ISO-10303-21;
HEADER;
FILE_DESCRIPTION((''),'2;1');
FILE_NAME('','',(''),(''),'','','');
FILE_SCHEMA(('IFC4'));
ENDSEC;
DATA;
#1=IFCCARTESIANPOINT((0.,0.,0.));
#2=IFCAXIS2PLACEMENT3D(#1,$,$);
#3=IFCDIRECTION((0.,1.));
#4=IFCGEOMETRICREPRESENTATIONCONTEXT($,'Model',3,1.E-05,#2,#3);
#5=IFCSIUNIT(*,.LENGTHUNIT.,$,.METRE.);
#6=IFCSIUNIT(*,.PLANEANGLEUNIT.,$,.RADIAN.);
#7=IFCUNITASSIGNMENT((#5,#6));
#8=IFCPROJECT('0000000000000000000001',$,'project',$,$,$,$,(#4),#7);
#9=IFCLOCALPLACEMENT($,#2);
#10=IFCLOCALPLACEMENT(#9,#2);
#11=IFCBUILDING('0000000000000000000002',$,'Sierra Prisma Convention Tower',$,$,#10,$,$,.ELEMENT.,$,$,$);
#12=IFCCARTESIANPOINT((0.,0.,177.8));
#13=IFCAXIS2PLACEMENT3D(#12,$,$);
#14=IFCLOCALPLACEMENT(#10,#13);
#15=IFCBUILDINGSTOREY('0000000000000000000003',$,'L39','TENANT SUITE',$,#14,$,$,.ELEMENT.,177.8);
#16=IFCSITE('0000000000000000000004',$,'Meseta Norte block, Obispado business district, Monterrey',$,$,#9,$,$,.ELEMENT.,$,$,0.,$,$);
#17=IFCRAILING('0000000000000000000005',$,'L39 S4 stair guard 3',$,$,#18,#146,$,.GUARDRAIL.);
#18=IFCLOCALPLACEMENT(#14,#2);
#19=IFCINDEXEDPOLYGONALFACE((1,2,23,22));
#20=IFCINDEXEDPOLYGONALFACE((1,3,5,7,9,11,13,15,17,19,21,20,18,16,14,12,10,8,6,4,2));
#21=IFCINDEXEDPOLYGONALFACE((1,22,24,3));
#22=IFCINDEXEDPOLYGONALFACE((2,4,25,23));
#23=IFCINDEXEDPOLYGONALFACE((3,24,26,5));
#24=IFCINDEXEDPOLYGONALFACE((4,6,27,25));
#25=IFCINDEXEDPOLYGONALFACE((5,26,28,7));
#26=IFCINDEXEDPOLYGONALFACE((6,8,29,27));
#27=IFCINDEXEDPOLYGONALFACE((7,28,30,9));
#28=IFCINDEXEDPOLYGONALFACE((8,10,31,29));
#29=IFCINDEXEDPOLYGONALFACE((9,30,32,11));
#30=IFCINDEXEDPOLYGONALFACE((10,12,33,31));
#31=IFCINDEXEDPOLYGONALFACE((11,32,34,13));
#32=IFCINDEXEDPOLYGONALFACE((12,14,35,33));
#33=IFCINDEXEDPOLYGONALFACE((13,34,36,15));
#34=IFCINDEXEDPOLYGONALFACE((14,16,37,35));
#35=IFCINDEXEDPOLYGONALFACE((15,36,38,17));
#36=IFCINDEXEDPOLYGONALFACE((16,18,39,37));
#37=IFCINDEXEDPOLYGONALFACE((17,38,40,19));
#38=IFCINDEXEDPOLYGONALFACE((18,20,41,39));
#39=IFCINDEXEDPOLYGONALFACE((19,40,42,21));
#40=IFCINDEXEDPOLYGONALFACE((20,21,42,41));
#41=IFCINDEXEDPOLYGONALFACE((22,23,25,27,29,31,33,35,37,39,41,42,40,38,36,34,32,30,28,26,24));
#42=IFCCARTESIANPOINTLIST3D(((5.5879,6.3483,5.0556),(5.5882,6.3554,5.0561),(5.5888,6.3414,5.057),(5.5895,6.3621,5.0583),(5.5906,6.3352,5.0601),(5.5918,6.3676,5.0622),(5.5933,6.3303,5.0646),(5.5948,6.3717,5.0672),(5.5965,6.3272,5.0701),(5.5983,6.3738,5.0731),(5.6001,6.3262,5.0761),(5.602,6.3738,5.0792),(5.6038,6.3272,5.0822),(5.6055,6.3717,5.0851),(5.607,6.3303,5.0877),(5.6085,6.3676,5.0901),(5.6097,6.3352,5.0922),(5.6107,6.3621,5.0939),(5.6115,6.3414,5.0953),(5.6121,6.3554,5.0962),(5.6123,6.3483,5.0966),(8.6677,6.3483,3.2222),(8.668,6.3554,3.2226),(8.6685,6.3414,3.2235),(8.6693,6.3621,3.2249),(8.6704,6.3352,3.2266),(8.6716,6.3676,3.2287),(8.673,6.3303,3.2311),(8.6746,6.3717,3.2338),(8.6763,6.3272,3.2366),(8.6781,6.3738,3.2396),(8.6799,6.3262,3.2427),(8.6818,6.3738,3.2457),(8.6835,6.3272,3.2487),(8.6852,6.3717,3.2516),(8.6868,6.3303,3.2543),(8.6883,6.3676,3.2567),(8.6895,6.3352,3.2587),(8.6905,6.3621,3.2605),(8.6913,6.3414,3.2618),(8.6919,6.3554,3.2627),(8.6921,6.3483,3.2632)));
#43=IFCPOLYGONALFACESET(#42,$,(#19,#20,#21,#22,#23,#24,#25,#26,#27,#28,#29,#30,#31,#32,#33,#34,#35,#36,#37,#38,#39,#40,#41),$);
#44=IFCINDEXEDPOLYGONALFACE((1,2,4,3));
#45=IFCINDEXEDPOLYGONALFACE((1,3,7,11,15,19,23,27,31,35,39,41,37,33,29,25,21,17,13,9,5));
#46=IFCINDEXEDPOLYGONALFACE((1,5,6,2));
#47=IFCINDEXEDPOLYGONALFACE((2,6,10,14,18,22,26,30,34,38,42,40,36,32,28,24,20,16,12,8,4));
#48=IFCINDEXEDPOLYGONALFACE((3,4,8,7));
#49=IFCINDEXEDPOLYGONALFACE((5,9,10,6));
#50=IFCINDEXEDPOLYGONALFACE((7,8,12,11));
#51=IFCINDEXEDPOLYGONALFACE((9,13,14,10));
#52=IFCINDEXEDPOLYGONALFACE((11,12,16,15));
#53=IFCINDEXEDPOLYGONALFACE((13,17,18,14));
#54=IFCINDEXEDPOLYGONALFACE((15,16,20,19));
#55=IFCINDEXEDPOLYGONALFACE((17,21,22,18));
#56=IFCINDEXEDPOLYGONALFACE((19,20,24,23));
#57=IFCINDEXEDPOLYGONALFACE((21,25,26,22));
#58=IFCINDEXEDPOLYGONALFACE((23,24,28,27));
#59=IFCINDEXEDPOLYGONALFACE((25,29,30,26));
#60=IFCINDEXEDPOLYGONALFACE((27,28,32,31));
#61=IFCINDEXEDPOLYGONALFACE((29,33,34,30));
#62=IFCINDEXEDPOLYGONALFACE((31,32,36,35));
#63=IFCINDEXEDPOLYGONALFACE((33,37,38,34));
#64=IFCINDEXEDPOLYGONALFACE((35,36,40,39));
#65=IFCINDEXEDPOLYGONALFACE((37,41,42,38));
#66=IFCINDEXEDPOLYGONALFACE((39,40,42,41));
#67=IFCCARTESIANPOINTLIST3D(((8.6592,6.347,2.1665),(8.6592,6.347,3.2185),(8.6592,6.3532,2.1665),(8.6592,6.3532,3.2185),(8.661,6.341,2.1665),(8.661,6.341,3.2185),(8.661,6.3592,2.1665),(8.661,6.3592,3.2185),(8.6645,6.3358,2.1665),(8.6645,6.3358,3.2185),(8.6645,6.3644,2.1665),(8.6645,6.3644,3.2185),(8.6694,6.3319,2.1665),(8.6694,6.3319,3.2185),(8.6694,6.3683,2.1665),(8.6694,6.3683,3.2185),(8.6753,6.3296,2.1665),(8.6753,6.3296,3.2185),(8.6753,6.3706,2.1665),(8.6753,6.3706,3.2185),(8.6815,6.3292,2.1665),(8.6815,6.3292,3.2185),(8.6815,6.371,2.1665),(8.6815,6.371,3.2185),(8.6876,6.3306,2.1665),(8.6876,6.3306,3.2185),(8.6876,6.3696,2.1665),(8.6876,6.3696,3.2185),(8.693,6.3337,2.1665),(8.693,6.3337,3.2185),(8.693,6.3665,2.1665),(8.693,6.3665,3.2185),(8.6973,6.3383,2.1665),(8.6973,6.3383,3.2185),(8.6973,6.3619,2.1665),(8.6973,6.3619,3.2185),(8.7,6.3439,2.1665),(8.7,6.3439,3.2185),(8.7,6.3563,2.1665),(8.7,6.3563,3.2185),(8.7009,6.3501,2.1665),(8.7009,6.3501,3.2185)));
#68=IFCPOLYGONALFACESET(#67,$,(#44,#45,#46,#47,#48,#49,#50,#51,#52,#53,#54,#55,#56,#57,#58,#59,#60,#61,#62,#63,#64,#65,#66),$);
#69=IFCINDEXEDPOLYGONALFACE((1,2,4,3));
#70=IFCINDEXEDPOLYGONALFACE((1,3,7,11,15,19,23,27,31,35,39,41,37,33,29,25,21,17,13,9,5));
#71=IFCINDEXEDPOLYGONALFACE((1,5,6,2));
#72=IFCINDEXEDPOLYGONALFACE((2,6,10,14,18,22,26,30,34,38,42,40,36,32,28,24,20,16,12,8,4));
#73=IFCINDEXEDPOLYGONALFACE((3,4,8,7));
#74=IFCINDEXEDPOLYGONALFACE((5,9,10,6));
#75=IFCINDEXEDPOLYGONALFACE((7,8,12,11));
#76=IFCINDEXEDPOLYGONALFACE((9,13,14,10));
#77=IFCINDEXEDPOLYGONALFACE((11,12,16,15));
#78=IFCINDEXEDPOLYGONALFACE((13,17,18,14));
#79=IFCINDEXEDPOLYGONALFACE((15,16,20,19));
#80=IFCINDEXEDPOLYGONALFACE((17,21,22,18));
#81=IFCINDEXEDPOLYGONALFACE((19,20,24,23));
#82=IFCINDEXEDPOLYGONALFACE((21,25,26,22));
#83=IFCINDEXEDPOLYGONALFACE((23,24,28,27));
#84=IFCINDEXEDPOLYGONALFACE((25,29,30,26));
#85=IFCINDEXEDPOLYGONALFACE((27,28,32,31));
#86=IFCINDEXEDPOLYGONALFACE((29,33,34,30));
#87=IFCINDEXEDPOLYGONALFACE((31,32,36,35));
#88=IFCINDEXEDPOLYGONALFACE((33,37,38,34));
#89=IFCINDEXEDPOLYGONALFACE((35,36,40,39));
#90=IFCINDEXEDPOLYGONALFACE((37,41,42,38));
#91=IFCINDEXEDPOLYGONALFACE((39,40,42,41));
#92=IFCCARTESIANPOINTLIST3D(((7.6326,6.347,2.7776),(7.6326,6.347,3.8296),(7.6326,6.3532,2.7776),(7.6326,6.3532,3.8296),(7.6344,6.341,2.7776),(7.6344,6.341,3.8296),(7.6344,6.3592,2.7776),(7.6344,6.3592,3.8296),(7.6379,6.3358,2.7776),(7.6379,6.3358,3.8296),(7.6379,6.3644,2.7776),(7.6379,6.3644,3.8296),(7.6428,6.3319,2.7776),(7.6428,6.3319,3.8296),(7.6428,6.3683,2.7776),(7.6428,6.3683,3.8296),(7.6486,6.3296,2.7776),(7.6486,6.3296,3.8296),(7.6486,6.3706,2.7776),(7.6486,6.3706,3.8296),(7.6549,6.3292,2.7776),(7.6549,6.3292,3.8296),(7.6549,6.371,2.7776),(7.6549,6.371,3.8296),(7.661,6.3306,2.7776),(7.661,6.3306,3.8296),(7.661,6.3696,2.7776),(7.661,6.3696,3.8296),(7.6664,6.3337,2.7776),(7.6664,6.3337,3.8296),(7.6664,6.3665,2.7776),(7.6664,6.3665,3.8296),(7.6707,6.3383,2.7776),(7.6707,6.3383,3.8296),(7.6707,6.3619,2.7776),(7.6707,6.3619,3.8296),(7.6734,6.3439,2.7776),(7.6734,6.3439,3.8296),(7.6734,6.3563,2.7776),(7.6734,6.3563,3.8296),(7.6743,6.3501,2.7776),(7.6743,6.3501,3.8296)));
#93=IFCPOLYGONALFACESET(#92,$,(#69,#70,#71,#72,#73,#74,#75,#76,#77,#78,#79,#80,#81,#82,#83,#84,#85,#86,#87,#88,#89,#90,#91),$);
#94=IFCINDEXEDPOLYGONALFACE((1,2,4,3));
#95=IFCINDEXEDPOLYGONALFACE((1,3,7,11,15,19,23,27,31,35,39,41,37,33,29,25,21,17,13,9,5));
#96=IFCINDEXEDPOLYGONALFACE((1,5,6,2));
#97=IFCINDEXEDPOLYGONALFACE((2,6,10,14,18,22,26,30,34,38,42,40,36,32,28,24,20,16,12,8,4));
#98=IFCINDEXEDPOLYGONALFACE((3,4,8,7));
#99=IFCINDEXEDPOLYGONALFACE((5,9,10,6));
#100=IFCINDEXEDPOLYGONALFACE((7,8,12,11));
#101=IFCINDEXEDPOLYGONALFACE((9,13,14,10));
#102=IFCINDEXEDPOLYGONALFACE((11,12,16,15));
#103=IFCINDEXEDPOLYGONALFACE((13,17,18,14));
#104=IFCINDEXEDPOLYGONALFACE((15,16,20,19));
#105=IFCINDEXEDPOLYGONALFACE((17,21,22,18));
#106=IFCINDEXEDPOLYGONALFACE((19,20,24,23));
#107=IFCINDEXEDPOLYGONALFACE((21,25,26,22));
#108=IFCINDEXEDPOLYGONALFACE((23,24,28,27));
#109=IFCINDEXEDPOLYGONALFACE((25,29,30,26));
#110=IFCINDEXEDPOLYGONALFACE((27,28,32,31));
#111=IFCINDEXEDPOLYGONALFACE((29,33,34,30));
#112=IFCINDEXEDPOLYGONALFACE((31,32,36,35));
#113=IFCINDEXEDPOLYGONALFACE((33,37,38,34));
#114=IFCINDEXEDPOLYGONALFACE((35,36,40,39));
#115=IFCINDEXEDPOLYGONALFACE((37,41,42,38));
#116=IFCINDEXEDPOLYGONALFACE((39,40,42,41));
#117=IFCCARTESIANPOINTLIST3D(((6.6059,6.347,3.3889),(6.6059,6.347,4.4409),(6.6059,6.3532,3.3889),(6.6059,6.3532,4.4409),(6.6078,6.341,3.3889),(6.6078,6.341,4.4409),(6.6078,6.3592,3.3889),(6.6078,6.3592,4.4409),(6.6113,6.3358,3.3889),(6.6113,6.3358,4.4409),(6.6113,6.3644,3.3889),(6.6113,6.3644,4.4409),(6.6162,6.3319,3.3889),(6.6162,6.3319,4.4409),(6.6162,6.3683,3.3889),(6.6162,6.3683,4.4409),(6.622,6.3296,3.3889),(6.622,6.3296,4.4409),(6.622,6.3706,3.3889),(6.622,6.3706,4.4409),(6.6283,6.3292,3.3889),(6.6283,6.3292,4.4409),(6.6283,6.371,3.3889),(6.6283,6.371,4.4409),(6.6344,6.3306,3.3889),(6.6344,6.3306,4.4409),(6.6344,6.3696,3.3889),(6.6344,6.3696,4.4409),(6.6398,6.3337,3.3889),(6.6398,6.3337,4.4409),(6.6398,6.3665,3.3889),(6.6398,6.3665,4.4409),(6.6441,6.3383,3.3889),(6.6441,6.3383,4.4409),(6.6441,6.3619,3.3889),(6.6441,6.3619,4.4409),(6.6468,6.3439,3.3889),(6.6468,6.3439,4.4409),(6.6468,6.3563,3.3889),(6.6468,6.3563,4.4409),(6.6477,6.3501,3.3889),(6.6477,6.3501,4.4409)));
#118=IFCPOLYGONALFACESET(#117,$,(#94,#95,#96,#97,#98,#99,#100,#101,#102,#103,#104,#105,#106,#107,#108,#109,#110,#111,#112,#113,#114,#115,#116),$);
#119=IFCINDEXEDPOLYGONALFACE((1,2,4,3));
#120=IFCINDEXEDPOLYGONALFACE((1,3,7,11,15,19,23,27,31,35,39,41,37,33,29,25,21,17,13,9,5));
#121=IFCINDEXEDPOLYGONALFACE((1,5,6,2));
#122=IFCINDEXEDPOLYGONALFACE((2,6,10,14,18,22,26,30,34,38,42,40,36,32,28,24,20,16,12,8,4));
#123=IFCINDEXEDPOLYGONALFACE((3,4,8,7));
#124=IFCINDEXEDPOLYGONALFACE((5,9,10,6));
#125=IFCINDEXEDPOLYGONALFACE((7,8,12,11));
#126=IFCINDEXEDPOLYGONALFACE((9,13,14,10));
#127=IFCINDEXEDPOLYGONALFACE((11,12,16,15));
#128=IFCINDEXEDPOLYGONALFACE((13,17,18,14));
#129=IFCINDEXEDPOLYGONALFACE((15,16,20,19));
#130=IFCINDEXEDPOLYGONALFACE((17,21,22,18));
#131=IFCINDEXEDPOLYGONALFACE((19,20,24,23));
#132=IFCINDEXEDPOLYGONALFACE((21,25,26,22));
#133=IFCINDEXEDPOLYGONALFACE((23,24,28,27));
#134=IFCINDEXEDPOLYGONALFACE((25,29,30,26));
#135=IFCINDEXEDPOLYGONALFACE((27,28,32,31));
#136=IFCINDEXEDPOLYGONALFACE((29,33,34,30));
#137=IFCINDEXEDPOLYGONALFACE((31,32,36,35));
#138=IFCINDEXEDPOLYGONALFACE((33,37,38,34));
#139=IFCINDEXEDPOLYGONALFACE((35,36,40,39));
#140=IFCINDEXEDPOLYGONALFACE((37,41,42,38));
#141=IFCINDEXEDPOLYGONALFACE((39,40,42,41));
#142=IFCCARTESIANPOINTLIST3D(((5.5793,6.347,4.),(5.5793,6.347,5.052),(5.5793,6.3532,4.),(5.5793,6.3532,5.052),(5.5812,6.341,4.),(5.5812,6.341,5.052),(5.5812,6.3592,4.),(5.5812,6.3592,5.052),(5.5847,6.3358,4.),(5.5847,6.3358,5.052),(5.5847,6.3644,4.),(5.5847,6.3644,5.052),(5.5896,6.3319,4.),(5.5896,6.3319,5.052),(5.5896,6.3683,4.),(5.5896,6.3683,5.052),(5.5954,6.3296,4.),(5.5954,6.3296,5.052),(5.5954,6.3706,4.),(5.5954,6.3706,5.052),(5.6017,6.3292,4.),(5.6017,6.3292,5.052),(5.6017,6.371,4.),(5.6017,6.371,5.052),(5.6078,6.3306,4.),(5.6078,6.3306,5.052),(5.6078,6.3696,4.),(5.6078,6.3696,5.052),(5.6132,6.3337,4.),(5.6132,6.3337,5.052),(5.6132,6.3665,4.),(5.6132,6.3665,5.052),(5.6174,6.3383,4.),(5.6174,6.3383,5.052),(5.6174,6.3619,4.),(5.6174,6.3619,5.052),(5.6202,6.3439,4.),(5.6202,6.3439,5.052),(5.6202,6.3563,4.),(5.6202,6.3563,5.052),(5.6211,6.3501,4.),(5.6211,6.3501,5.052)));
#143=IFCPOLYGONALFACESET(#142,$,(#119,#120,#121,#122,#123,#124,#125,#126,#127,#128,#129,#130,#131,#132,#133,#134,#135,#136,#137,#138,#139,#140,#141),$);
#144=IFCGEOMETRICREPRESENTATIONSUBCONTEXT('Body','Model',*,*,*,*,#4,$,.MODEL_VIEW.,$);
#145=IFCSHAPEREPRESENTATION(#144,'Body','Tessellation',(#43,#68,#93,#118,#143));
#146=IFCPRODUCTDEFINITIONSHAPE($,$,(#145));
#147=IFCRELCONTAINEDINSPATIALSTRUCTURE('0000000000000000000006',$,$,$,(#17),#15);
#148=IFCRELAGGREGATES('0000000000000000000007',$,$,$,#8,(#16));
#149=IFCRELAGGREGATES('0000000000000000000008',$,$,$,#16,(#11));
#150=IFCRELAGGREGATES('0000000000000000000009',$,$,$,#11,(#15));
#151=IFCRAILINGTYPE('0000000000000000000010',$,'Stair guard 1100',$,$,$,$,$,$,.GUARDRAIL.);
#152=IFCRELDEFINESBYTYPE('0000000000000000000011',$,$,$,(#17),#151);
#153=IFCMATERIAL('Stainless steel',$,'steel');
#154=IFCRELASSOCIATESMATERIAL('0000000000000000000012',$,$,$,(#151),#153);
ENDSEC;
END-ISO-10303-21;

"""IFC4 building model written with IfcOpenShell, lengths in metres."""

from ifc_helpers import new_model, si_unit, direction, frame, origin, origin_2d, place, context, subcontext, project, spatial, circle, extrude, material, type_object, element, save


model = new_model("IFC4")

# Units and contexts
model_context = context("Model", 3, precision=1e-05, world=origin(), true_north=direction((0.0, 1.0)))
body_context = subcontext(model_context, "Body", "Model", "MODEL_VIEW")
ifc_project = project(units=[si_unit("LENGTHUNIT", "METRE"), si_unit("PLANEANGLEUNIT", "RADIAN")], contexts=[model_context])

# Site, building, storey
site_placement = place(None, origin())
site = spatial("IfcSite", under=ifc_project, at=site_placement, Name="Meseta Norte block, Obispado business district, Monterrey", CompositionType="ELEMENT", RefElevation=0.0)
building_placement = place(site_placement, origin())
building = spatial("IfcBuilding", under=site, at=building_placement, Name="Sierra Prisma Convention Tower", CompositionType="ELEMENT")
storey_placement = place(building_placement, frame((0.0, 0.0, 177.8)))
storey = spatial("IfcBuildingStorey", under=building, at=storey_placement, Name="L39", Description="TENANT SUITE", CompositionType="ELEMENT", Elevation=177.8)

# Railing
ifc_material_1 = material(Name="Stainless steel", Category="steel")
railing_type = type_object("IfcRailingType", Name="Stair guard 1100", PredefinedType="GUARDRAIL", material=ifc_material_1)
railing_1_placement = place(storey_placement, frame((8.6799, 6.3501, 2.1665)))
element("IfcRailing", 1, at=railing_1_placement, inside=storey, type_object=railing_type, Name="L39 S4 stair guard 3", PredefinedType="GUARDRAIL", context=body_context, shape_type="SweptSolid", body=[
    extrude(circle(Radius=0.0239, at=origin_2d()), frame((0.0, 0.0, 1.0762), z_axis=(-0.859261, 0.0, 0.511538), x_axis=(0.0, -1.0, 0.0)), (0.0, 0.0, 1.0), 3.5842),
    extrude(circle(Radius=0.021, at=origin_2d()), origin(), (0.0, 0.0, 1.0), 1.052),
    extrude(circle(Radius=0.021, at=origin_2d()), frame((-1.0266, 0.0, 0.6111)), (0.0, 0.0, 1.0), 1.052),
    extrude(circle(Radius=0.021, at=origin_2d()), frame((-2.0532, 0.0, 1.2224)), (0.0, 0.0, 1.0), 1.052),
    extrude(circle(Radius=0.021, at=origin_2d()), frame((-3.0798, 0.0, 1.8335)), (0.0, 0.0, 1.0), 1.052),
])

save(model, "model.ifc")
